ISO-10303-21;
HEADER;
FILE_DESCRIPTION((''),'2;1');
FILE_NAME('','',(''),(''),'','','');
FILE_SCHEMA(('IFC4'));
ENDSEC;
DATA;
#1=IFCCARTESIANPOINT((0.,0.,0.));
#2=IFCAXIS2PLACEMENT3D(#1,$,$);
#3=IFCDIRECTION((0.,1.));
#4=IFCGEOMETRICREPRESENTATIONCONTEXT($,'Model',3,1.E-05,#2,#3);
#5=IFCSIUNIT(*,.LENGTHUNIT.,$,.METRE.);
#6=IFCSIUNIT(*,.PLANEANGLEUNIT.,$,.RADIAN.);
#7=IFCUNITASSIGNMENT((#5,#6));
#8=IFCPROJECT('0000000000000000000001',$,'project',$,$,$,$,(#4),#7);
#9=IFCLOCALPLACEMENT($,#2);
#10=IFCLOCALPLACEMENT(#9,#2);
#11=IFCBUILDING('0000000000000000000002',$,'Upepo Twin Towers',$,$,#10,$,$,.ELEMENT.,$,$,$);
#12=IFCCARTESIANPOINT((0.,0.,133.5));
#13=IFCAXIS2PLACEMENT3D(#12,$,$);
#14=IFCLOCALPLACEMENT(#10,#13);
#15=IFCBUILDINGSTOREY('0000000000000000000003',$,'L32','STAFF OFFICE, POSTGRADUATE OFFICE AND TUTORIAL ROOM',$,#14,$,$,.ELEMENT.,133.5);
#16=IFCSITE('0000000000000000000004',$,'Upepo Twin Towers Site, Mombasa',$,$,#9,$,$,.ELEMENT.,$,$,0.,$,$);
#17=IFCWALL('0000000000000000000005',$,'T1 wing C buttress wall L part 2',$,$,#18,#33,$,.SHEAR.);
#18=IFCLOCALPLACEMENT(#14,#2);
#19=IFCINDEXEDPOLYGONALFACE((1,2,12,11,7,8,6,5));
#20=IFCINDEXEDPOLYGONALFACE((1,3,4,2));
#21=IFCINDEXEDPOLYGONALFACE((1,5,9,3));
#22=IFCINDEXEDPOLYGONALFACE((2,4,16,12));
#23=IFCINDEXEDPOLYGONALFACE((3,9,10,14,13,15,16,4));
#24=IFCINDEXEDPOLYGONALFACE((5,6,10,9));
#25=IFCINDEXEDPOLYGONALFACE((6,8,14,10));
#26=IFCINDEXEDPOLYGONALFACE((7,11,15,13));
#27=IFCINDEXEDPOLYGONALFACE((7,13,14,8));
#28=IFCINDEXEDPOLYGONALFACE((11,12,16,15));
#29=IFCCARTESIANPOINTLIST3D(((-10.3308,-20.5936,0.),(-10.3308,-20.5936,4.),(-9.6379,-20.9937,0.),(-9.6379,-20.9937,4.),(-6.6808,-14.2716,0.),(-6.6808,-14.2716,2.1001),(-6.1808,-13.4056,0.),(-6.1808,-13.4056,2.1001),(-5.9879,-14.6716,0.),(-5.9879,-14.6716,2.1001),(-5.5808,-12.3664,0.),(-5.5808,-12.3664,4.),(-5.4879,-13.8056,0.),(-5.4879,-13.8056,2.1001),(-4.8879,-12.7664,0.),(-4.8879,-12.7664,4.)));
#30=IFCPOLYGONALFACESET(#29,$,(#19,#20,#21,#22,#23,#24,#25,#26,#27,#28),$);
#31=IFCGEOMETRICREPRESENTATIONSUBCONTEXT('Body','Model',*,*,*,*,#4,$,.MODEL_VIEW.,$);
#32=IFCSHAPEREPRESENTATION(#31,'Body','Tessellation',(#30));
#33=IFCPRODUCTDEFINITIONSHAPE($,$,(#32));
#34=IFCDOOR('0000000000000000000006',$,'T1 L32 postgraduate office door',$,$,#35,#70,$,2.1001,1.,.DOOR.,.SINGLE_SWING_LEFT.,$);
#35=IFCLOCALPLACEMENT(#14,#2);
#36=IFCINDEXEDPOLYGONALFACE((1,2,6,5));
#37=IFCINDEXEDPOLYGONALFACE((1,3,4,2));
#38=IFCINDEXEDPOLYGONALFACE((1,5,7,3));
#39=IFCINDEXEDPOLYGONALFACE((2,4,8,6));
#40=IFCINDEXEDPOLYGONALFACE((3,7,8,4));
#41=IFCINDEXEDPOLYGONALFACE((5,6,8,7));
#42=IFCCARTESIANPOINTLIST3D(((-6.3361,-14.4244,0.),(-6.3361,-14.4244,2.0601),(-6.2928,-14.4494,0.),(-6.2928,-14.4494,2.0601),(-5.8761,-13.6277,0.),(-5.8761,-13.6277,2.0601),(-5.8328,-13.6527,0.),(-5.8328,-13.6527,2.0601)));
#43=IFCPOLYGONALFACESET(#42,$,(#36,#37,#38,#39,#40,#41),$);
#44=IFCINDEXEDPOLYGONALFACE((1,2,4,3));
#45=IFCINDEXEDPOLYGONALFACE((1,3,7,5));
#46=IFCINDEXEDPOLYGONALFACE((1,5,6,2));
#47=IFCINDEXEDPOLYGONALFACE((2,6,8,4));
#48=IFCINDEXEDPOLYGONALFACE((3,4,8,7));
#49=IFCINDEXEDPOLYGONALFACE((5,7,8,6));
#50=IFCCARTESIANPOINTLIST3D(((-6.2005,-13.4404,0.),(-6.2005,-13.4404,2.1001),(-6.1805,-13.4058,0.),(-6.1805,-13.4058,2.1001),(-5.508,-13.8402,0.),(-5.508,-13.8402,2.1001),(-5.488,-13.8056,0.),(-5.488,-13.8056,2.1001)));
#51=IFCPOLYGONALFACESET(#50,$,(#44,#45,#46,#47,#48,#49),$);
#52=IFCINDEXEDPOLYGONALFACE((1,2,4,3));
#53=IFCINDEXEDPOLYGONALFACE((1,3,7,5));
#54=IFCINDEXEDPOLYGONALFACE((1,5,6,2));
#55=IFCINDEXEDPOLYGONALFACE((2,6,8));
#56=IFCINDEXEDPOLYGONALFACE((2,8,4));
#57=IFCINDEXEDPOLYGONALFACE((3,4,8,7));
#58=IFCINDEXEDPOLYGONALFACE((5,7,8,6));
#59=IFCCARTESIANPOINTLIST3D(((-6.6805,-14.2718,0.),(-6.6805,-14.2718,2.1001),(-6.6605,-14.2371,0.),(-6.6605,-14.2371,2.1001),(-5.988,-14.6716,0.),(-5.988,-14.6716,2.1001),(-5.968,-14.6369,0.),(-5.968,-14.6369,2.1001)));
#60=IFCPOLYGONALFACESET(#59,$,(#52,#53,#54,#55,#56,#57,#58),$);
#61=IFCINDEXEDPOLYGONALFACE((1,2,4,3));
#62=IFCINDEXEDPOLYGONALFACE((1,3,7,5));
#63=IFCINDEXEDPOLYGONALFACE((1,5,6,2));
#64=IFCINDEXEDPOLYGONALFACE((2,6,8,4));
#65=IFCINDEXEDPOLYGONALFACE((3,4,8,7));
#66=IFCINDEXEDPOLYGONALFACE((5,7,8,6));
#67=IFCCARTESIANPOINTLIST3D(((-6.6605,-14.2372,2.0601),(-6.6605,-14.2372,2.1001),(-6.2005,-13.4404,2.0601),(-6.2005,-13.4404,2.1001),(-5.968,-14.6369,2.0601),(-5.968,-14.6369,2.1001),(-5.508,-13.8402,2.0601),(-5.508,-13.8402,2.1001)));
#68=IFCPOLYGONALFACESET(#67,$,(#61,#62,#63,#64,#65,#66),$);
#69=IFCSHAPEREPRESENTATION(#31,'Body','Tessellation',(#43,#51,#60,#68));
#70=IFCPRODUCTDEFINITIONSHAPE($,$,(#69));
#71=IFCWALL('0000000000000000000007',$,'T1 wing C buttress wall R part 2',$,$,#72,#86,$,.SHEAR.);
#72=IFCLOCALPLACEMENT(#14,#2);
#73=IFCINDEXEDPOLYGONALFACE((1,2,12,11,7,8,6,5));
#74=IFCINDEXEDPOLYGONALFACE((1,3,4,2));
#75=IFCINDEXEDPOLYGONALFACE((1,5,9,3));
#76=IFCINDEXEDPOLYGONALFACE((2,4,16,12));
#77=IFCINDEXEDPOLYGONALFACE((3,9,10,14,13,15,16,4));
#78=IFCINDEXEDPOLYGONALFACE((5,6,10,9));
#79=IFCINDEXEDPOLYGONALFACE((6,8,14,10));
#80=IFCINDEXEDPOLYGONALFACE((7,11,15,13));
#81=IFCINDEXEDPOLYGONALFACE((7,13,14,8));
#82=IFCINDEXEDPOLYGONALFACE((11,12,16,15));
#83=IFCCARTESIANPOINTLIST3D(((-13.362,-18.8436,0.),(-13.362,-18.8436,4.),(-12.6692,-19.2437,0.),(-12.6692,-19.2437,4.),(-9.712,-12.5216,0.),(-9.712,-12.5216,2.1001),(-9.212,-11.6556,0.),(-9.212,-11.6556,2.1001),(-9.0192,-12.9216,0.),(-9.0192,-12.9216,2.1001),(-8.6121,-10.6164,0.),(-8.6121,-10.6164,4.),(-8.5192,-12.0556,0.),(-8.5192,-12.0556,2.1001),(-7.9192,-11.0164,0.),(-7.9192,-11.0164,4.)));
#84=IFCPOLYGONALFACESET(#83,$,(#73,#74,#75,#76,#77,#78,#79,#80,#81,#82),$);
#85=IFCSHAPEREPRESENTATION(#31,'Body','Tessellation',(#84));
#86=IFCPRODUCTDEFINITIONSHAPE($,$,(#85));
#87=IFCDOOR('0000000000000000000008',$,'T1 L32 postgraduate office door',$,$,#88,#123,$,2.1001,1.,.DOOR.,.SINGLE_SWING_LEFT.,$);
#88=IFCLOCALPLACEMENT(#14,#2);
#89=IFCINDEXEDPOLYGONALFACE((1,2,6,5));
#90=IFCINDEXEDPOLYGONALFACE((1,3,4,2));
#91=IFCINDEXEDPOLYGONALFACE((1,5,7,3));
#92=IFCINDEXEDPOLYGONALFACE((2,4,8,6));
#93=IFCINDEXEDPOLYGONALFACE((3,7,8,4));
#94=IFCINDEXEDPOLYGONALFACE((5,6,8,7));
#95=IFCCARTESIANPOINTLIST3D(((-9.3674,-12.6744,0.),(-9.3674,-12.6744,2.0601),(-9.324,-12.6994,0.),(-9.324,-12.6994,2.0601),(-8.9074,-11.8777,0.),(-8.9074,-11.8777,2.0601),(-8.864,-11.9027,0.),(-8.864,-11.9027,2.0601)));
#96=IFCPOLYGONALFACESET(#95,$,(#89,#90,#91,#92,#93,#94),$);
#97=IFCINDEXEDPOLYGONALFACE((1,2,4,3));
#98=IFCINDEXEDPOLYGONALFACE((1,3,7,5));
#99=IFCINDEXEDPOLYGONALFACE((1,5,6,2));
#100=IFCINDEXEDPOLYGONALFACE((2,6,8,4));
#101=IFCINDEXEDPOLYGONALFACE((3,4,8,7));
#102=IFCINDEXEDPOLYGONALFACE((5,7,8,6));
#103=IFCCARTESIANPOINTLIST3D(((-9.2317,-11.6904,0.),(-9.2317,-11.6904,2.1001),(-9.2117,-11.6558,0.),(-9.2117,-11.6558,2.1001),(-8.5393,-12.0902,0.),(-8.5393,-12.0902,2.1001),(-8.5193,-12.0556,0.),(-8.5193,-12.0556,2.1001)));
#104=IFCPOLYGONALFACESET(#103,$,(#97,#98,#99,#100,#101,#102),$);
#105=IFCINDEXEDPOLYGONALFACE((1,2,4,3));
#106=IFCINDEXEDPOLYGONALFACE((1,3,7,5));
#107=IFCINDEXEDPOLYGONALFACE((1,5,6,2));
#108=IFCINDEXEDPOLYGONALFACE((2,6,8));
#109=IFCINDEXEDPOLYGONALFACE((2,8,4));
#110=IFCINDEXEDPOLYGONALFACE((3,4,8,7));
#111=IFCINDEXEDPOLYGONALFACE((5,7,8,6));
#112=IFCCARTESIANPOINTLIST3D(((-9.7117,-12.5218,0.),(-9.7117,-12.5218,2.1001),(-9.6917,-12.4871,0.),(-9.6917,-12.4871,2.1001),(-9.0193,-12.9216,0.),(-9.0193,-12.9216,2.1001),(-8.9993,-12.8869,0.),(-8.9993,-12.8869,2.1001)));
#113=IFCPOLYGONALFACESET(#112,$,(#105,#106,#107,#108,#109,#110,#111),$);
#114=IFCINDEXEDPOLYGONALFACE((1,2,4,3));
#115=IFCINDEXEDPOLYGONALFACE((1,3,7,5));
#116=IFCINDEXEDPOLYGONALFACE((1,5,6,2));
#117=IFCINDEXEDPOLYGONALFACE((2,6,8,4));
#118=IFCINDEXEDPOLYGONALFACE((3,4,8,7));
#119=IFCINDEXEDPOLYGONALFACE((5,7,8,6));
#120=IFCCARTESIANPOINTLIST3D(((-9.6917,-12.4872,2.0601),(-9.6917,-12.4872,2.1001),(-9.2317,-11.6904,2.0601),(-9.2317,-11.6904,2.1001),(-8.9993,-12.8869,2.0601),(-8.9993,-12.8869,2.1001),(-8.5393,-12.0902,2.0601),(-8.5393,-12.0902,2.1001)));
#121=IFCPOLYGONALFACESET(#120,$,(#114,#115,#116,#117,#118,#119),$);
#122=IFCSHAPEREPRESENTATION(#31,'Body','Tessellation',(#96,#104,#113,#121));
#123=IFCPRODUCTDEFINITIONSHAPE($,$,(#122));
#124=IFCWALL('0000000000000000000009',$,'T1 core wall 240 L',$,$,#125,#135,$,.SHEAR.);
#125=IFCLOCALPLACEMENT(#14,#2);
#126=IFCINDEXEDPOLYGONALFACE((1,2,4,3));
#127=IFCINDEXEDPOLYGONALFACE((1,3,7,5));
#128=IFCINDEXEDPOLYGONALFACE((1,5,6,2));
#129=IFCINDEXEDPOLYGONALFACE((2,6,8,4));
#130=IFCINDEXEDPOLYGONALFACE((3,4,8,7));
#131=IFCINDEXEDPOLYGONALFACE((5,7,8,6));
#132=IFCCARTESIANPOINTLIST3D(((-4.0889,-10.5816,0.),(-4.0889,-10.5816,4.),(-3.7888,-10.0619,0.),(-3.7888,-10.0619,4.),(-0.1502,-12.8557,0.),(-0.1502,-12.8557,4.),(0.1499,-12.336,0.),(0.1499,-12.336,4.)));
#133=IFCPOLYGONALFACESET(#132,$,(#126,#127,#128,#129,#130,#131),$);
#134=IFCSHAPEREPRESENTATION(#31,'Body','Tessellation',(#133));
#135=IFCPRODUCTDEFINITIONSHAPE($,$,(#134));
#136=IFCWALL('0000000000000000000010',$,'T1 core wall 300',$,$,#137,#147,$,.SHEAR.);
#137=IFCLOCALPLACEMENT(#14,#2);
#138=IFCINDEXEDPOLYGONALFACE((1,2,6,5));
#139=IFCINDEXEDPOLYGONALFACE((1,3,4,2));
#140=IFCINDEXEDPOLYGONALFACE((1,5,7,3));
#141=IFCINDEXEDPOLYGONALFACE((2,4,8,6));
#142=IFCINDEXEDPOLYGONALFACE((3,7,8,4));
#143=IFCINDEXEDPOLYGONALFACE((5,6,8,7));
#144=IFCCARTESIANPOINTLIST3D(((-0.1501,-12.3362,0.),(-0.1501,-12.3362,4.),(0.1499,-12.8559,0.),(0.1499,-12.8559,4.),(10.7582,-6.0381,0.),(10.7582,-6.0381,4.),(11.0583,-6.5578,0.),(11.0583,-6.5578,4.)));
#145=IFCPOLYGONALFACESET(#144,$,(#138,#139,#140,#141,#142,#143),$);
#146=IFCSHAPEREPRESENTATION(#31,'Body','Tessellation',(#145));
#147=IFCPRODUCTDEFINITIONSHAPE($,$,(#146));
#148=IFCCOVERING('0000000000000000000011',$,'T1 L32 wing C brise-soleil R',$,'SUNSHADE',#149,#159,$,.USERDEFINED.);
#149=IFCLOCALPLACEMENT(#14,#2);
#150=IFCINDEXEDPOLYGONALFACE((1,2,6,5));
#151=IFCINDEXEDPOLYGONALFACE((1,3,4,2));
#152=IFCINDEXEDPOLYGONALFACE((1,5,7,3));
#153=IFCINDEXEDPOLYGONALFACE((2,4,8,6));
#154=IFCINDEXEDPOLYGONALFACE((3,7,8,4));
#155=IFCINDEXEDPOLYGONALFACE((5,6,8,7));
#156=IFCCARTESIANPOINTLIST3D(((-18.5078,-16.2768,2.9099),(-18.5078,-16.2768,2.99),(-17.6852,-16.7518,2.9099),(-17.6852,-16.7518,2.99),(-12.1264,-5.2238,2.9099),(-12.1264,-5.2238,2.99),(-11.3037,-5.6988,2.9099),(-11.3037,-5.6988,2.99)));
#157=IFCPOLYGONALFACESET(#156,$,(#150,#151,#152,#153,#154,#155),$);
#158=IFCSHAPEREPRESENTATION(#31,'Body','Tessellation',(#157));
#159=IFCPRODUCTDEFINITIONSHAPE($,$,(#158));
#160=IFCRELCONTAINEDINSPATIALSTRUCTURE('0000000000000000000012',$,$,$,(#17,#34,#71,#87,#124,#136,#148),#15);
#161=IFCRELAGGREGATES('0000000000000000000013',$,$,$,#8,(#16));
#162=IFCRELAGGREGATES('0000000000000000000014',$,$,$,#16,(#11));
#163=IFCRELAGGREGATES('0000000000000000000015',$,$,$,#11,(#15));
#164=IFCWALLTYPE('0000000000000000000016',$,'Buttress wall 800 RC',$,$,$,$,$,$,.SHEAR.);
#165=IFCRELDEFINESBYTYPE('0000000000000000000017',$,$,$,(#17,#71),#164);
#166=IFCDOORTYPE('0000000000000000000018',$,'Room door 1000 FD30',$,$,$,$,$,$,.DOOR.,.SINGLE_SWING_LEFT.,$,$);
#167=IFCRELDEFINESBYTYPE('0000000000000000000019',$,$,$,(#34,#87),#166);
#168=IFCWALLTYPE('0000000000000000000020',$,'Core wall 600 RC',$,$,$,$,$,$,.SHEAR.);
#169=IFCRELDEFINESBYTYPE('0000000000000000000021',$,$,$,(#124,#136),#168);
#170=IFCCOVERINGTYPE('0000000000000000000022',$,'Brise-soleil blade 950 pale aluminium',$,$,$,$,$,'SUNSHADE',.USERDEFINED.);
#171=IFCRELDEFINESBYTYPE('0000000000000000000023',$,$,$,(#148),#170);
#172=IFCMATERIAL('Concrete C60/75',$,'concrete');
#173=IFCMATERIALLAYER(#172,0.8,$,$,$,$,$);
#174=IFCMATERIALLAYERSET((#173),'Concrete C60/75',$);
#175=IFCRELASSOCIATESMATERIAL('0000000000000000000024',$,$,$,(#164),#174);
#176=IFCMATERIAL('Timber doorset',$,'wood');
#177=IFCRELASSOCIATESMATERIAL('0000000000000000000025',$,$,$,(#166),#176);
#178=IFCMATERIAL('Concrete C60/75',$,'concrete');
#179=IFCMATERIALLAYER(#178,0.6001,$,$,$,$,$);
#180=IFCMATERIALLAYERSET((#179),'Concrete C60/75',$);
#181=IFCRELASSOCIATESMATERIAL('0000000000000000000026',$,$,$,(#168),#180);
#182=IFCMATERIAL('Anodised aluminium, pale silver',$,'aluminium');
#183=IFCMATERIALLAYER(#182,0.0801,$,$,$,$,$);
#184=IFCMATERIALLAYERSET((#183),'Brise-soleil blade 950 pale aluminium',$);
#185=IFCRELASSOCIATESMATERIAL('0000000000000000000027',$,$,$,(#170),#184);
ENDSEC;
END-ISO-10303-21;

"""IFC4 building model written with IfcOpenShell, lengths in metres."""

from ifc_helpers import new_model, si_unit, direction, frame, frame_2d, origin, origin_2d, place, context, subcontext, project, spatial, rectangle, extrude, material, layer, layer_set, type_object, element, fill, save


model = new_model("IFC4")

# Units and contexts
model_context = context("Model", 3, precision=1e-05, world=origin(), true_north=direction((0.0, 1.0)))
body_context = subcontext(model_context, "Body", "Model", "MODEL_VIEW")
ifc_project = project(units=[si_unit("LENGTHUNIT", "METRE"), si_unit("PLANEANGLEUNIT", "RADIAN")], contexts=[model_context])

# Site, building, storey
site_placement = place(None, origin())
site = spatial("IfcSite", under=ifc_project, at=site_placement, Name="Upepo Twin Towers Site, Mombasa", CompositionType="ELEMENT", RefElevation=0.0)
building_placement = place(site_placement, origin())
building = spatial("IfcBuilding", under=site, at=building_placement, Name="Upepo Twin Towers", CompositionType="ELEMENT")
storey_placement = place(building_placement, frame((0.0, 0.0, 133.5)))
storey = spatial("IfcBuildingStorey", under=building, at=storey_placement, Name="L32", Description="STAFF OFFICE, POSTGRADUATE OFFICE AND TUTORIAL ROOM", CompositionType="ELEMENT", Elevation=133.5)

# Walls, openings, doors
ifc_material_1 = material(Name="Concrete C60/75", Category="concrete")
ifc_layer_1 = layer(ifc_material_1, 0.8)
ifc_layer_set_1 = layer_set([ifc_layer_1], Name="Concrete C60/75")
wall_type_1 = type_object("IfcWallType", Name="Buttress wall 800 RC", PredefinedType="SHEAR", material=ifc_layer_set_1)
wall_1_placement = place(storey_placement, frame((-5.2344, -12.5664, 0.0), z_axis=(0.0, 0.0, 1.0), x_axis=(-0.499998, -0.866027, 0.0)))
wall_1 = element("IfcWall", 1, at=wall_1_placement, inside=storey, type_object=wall_type_1, Name="T1 wing C buttress wall L part 2", PredefinedType="SHEAR", context=body_context, shape_type="SweptSolid", body=[
    extrude(rectangle(XDim=9.5, YDim=0.8, at=frame_2d((4.75, 0.0))), origin(), (0.0, 0.0, 1.0), 4.0),
])
opening_1_placement = place(wall_1_placement, frame((1.2, 0.0, 0.0)))
opening_1 = element("IfcOpeningElement", 2, at=opening_1_placement, cuts=wall_1, PredefinedType="OPENING", context=body_context, shape_type="SweptSolid", body=[
    extrude(rectangle(XDim=1.0, YDim=2.1001, at=frame_2d((0.5, 1.05))), frame((0.0, 0.4099, 0.0), z_axis=(0.0, -1.0, 0.0), x_axis=(1.0, 0.0, 0.0)), (0.0, 0.0, 1.0), 0.8201),
])
ifc_material_2 = material(Name="Timber doorset", Category="wood")
door_type = type_object("IfcDoorType", Name="Room door 1000 FD30", OperationType="SINGLE_SWING_LEFT", PredefinedType="DOOR", material=ifc_material_2)
door_1_placement = place(opening_1_placement, origin())
door_1 = element("IfcDoor", 3, at=door_1_placement, inside=storey, type_object=door_type, Name="T1 L32 postgraduate office door", OperationType="SINGLE_SWING_LEFT", OverallHeight=2.1001, OverallWidth=1.0, PredefinedType="DOOR", context=body_context, shape_type="SweptSolid", body=[
    extrude(rectangle(XDim=0.92, YDim=2.0601, at=frame_2d((0.5, 1.03))), frame((0.0, 0.0249, 0.0), z_axis=(0.0, -1.0, 0.0), x_axis=(1.0, 0.0, 0.0)), (0.0, 0.0, 1.0), 0.05),
    extrude(rectangle(XDim=0.04, YDim=2.1001, at=frame_2d((0.02, 1.05))), frame((0.0, 0.3999, 0.0), z_axis=(0.0, -1.0, 0.0), x_axis=(1.0, 0.0, 0.0)), (0.0, 0.0, 1.0), 0.7996),
    extrude(rectangle(XDim=0.04, YDim=2.1001, at=frame_2d((0.98, 1.05))), frame((0.0, 0.3999, 0.0), z_axis=(0.0, -1.0, 0.0), x_axis=(1.0, 0.0, 0.0)), (0.0, 0.0, 1.0), 0.7996),
    extrude(rectangle(XDim=0.92, YDim=0.04, at=frame_2d((0.5, 2.0801))), frame((0.0, 0.3999, 0.0), z_axis=(0.0, -1.0, 0.0), x_axis=(1.0, 0.0, 0.0)), (0.0, 0.0, 1.0), 0.7996),
])
fill(opening_1, door_1)
wall_2_placement = place(storey_placement, frame((-8.2656, -10.8164, 0.0), z_axis=(0.0, 0.0, 1.0), x_axis=(-0.499998, -0.866027, 0.0)))
wall_2 = element("IfcWall", 4, at=wall_2_placement, inside=storey, type_object=wall_type_1, Name="T1 wing C buttress wall R part 2", PredefinedType="SHEAR", context=body_context, shape_type="SweptSolid", body=[
    extrude(rectangle(XDim=9.5, YDim=0.8, at=frame_2d((4.75, 0.0))), origin(), (0.0, 0.0, 1.0), 4.0),
])
opening_2_placement = place(wall_2_placement, frame((1.2, 0.0, 0.0)))
opening_2 = element("IfcOpeningElement", 5, at=opening_2_placement, cuts=wall_2, PredefinedType="OPENING", context=body_context, shape_type="SweptSolid", body=[
    extrude(rectangle(XDim=1.0, YDim=2.1001, at=frame_2d((0.5, 1.05))), frame((0.0, 0.4099, 0.0), z_axis=(0.0, -1.0, 0.0), x_axis=(1.0, 0.0, 0.0)), (0.0, 0.0, 1.0), 0.8201),
])
door_2_placement = place(opening_2_placement, origin())
door_2 = element("IfcDoor", 6, at=door_2_placement, inside=storey, type_object=door_type, Name="T1 L32 postgraduate office door", OperationType="SINGLE_SWING_LEFT", OverallHeight=2.1001, OverallWidth=1.0, PredefinedType="DOOR", context=body_context, shape_type="SweptSolid", body=[
    extrude(rectangle(XDim=0.92, YDim=2.0601, at=frame_2d((0.5, 1.03))), frame((0.0, 0.0249, 0.0), z_axis=(0.0, -1.0, 0.0), x_axis=(1.0, 0.0, 0.0)), (0.0, 0.0, 1.0), 0.05),
    extrude(rectangle(XDim=0.04, YDim=2.1001, at=frame_2d((0.02, 1.05))), frame((0.0, 0.3999, 0.0), z_axis=(0.0, -1.0, 0.0), x_axis=(1.0, 0.0, 0.0)), (0.0, 0.0, 1.0), 0.7996),
    extrude(rectangle(XDim=0.04, YDim=2.1001, at=frame_2d((0.98, 1.05))), frame((0.0, 0.3999, 0.0), z_axis=(0.0, -1.0, 0.0), x_axis=(1.0, 0.0, 0.0)), (0.0, 0.0, 1.0), 0.7996),
    extrude(rectangle(XDim=0.92, YDim=0.04, at=frame_2d((0.5, 2.0801))), frame((0.0, 0.3999, 0.0), z_axis=(0.0, -1.0, 0.0), x_axis=(1.0, 0.0, 0.0)), (0.0, 0.0, 1.0), 0.7996),
])
fill(opening_2, door_2)

# Walls
ifc_material_3 = material(Name="Concrete C60/75", Category="concrete")
ifc_layer_2 = layer(ifc_material_3, 0.6001)
ifc_layer_set_2 = layer_set([ifc_layer_2], Name="Concrete C60/75")
wall_type_2 = type_object("IfcWallType", Name="Core wall 600 RC", PredefinedType="SHEAR", material=ifc_layer_set_2)
wall_3_placement = place(storey_placement, frame((-3.9387, -10.3218, 0.0), z_axis=(0.0, 0.0, 1.0), x_axis=(0.866011, -0.500024, 0.0)))
element("IfcWall", 7, at=wall_3_placement, inside=storey, type_object=wall_type_2, Name="T1 core wall 240 L", PredefinedType="SHEAR", context=body_context, shape_type="SweptSolid", body=[
    extrude(rectangle(XDim=4.5481, YDim=0.6001, at=frame_2d((2.2739, 0.0))), origin(), (0.0, 0.0, 1.0), 4.0),
])
wall_4_placement = place(storey_placement, frame((0.0, -12.5959, 0.0), z_axis=(0.0, 0.0, 1.0), x_axis=(0.866022, 0.500006, 0.0)))
element("IfcWall", 8, at=wall_4_placement, inside=storey, type_object=wall_type_2, Name="T1 core wall 300", PredefinedType="SHEAR", context=body_context, shape_type="SweptSolid", body=[
    extrude(rectangle(XDim=12.5959, YDim=0.6001, at=frame_2d((6.2979, 0.0))), origin(), (0.0, 0.0, 1.0), 4.0),
])

# Covering
ifc_material_4 = material(Name="Anodised aluminium, pale silver", Category="aluminium")
ifc_layer_3 = layer(ifc_material_4, 0.0801)
ifc_layer_set_3 = layer_set([ifc_layer_3], Name="Brise-soleil blade 950 pale aluminium")
covering_type = type_object("IfcCoveringType", Name="Brise-soleil blade 950 pale aluminium", ElementType="SUNSHADE", PredefinedType="USERDEFINED", material=ifc_layer_set_3)
covering_placement = place(storey_placement, frame((-14.9058, -10.9878, 2.9099), z_axis=(0.0, 0.0, 1.0), x_axis=(-0.5, -0.866025, 0.0)))
element("IfcCovering", 9, at=covering_placement, inside=storey, type_object=covering_type, Name="T1 L32 wing C brise-soleil R", ObjectType="SUNSHADE", PredefinedType="USERDEFINED", context=body_context, shape_type="SweptSolid", body=[
    extrude(rectangle(XDim=12.7629, YDim=0.95, at=origin_2d()), origin(), (0.0, 0.0, 1.0), 0.0801),
])

save(model, "model.ifc")
